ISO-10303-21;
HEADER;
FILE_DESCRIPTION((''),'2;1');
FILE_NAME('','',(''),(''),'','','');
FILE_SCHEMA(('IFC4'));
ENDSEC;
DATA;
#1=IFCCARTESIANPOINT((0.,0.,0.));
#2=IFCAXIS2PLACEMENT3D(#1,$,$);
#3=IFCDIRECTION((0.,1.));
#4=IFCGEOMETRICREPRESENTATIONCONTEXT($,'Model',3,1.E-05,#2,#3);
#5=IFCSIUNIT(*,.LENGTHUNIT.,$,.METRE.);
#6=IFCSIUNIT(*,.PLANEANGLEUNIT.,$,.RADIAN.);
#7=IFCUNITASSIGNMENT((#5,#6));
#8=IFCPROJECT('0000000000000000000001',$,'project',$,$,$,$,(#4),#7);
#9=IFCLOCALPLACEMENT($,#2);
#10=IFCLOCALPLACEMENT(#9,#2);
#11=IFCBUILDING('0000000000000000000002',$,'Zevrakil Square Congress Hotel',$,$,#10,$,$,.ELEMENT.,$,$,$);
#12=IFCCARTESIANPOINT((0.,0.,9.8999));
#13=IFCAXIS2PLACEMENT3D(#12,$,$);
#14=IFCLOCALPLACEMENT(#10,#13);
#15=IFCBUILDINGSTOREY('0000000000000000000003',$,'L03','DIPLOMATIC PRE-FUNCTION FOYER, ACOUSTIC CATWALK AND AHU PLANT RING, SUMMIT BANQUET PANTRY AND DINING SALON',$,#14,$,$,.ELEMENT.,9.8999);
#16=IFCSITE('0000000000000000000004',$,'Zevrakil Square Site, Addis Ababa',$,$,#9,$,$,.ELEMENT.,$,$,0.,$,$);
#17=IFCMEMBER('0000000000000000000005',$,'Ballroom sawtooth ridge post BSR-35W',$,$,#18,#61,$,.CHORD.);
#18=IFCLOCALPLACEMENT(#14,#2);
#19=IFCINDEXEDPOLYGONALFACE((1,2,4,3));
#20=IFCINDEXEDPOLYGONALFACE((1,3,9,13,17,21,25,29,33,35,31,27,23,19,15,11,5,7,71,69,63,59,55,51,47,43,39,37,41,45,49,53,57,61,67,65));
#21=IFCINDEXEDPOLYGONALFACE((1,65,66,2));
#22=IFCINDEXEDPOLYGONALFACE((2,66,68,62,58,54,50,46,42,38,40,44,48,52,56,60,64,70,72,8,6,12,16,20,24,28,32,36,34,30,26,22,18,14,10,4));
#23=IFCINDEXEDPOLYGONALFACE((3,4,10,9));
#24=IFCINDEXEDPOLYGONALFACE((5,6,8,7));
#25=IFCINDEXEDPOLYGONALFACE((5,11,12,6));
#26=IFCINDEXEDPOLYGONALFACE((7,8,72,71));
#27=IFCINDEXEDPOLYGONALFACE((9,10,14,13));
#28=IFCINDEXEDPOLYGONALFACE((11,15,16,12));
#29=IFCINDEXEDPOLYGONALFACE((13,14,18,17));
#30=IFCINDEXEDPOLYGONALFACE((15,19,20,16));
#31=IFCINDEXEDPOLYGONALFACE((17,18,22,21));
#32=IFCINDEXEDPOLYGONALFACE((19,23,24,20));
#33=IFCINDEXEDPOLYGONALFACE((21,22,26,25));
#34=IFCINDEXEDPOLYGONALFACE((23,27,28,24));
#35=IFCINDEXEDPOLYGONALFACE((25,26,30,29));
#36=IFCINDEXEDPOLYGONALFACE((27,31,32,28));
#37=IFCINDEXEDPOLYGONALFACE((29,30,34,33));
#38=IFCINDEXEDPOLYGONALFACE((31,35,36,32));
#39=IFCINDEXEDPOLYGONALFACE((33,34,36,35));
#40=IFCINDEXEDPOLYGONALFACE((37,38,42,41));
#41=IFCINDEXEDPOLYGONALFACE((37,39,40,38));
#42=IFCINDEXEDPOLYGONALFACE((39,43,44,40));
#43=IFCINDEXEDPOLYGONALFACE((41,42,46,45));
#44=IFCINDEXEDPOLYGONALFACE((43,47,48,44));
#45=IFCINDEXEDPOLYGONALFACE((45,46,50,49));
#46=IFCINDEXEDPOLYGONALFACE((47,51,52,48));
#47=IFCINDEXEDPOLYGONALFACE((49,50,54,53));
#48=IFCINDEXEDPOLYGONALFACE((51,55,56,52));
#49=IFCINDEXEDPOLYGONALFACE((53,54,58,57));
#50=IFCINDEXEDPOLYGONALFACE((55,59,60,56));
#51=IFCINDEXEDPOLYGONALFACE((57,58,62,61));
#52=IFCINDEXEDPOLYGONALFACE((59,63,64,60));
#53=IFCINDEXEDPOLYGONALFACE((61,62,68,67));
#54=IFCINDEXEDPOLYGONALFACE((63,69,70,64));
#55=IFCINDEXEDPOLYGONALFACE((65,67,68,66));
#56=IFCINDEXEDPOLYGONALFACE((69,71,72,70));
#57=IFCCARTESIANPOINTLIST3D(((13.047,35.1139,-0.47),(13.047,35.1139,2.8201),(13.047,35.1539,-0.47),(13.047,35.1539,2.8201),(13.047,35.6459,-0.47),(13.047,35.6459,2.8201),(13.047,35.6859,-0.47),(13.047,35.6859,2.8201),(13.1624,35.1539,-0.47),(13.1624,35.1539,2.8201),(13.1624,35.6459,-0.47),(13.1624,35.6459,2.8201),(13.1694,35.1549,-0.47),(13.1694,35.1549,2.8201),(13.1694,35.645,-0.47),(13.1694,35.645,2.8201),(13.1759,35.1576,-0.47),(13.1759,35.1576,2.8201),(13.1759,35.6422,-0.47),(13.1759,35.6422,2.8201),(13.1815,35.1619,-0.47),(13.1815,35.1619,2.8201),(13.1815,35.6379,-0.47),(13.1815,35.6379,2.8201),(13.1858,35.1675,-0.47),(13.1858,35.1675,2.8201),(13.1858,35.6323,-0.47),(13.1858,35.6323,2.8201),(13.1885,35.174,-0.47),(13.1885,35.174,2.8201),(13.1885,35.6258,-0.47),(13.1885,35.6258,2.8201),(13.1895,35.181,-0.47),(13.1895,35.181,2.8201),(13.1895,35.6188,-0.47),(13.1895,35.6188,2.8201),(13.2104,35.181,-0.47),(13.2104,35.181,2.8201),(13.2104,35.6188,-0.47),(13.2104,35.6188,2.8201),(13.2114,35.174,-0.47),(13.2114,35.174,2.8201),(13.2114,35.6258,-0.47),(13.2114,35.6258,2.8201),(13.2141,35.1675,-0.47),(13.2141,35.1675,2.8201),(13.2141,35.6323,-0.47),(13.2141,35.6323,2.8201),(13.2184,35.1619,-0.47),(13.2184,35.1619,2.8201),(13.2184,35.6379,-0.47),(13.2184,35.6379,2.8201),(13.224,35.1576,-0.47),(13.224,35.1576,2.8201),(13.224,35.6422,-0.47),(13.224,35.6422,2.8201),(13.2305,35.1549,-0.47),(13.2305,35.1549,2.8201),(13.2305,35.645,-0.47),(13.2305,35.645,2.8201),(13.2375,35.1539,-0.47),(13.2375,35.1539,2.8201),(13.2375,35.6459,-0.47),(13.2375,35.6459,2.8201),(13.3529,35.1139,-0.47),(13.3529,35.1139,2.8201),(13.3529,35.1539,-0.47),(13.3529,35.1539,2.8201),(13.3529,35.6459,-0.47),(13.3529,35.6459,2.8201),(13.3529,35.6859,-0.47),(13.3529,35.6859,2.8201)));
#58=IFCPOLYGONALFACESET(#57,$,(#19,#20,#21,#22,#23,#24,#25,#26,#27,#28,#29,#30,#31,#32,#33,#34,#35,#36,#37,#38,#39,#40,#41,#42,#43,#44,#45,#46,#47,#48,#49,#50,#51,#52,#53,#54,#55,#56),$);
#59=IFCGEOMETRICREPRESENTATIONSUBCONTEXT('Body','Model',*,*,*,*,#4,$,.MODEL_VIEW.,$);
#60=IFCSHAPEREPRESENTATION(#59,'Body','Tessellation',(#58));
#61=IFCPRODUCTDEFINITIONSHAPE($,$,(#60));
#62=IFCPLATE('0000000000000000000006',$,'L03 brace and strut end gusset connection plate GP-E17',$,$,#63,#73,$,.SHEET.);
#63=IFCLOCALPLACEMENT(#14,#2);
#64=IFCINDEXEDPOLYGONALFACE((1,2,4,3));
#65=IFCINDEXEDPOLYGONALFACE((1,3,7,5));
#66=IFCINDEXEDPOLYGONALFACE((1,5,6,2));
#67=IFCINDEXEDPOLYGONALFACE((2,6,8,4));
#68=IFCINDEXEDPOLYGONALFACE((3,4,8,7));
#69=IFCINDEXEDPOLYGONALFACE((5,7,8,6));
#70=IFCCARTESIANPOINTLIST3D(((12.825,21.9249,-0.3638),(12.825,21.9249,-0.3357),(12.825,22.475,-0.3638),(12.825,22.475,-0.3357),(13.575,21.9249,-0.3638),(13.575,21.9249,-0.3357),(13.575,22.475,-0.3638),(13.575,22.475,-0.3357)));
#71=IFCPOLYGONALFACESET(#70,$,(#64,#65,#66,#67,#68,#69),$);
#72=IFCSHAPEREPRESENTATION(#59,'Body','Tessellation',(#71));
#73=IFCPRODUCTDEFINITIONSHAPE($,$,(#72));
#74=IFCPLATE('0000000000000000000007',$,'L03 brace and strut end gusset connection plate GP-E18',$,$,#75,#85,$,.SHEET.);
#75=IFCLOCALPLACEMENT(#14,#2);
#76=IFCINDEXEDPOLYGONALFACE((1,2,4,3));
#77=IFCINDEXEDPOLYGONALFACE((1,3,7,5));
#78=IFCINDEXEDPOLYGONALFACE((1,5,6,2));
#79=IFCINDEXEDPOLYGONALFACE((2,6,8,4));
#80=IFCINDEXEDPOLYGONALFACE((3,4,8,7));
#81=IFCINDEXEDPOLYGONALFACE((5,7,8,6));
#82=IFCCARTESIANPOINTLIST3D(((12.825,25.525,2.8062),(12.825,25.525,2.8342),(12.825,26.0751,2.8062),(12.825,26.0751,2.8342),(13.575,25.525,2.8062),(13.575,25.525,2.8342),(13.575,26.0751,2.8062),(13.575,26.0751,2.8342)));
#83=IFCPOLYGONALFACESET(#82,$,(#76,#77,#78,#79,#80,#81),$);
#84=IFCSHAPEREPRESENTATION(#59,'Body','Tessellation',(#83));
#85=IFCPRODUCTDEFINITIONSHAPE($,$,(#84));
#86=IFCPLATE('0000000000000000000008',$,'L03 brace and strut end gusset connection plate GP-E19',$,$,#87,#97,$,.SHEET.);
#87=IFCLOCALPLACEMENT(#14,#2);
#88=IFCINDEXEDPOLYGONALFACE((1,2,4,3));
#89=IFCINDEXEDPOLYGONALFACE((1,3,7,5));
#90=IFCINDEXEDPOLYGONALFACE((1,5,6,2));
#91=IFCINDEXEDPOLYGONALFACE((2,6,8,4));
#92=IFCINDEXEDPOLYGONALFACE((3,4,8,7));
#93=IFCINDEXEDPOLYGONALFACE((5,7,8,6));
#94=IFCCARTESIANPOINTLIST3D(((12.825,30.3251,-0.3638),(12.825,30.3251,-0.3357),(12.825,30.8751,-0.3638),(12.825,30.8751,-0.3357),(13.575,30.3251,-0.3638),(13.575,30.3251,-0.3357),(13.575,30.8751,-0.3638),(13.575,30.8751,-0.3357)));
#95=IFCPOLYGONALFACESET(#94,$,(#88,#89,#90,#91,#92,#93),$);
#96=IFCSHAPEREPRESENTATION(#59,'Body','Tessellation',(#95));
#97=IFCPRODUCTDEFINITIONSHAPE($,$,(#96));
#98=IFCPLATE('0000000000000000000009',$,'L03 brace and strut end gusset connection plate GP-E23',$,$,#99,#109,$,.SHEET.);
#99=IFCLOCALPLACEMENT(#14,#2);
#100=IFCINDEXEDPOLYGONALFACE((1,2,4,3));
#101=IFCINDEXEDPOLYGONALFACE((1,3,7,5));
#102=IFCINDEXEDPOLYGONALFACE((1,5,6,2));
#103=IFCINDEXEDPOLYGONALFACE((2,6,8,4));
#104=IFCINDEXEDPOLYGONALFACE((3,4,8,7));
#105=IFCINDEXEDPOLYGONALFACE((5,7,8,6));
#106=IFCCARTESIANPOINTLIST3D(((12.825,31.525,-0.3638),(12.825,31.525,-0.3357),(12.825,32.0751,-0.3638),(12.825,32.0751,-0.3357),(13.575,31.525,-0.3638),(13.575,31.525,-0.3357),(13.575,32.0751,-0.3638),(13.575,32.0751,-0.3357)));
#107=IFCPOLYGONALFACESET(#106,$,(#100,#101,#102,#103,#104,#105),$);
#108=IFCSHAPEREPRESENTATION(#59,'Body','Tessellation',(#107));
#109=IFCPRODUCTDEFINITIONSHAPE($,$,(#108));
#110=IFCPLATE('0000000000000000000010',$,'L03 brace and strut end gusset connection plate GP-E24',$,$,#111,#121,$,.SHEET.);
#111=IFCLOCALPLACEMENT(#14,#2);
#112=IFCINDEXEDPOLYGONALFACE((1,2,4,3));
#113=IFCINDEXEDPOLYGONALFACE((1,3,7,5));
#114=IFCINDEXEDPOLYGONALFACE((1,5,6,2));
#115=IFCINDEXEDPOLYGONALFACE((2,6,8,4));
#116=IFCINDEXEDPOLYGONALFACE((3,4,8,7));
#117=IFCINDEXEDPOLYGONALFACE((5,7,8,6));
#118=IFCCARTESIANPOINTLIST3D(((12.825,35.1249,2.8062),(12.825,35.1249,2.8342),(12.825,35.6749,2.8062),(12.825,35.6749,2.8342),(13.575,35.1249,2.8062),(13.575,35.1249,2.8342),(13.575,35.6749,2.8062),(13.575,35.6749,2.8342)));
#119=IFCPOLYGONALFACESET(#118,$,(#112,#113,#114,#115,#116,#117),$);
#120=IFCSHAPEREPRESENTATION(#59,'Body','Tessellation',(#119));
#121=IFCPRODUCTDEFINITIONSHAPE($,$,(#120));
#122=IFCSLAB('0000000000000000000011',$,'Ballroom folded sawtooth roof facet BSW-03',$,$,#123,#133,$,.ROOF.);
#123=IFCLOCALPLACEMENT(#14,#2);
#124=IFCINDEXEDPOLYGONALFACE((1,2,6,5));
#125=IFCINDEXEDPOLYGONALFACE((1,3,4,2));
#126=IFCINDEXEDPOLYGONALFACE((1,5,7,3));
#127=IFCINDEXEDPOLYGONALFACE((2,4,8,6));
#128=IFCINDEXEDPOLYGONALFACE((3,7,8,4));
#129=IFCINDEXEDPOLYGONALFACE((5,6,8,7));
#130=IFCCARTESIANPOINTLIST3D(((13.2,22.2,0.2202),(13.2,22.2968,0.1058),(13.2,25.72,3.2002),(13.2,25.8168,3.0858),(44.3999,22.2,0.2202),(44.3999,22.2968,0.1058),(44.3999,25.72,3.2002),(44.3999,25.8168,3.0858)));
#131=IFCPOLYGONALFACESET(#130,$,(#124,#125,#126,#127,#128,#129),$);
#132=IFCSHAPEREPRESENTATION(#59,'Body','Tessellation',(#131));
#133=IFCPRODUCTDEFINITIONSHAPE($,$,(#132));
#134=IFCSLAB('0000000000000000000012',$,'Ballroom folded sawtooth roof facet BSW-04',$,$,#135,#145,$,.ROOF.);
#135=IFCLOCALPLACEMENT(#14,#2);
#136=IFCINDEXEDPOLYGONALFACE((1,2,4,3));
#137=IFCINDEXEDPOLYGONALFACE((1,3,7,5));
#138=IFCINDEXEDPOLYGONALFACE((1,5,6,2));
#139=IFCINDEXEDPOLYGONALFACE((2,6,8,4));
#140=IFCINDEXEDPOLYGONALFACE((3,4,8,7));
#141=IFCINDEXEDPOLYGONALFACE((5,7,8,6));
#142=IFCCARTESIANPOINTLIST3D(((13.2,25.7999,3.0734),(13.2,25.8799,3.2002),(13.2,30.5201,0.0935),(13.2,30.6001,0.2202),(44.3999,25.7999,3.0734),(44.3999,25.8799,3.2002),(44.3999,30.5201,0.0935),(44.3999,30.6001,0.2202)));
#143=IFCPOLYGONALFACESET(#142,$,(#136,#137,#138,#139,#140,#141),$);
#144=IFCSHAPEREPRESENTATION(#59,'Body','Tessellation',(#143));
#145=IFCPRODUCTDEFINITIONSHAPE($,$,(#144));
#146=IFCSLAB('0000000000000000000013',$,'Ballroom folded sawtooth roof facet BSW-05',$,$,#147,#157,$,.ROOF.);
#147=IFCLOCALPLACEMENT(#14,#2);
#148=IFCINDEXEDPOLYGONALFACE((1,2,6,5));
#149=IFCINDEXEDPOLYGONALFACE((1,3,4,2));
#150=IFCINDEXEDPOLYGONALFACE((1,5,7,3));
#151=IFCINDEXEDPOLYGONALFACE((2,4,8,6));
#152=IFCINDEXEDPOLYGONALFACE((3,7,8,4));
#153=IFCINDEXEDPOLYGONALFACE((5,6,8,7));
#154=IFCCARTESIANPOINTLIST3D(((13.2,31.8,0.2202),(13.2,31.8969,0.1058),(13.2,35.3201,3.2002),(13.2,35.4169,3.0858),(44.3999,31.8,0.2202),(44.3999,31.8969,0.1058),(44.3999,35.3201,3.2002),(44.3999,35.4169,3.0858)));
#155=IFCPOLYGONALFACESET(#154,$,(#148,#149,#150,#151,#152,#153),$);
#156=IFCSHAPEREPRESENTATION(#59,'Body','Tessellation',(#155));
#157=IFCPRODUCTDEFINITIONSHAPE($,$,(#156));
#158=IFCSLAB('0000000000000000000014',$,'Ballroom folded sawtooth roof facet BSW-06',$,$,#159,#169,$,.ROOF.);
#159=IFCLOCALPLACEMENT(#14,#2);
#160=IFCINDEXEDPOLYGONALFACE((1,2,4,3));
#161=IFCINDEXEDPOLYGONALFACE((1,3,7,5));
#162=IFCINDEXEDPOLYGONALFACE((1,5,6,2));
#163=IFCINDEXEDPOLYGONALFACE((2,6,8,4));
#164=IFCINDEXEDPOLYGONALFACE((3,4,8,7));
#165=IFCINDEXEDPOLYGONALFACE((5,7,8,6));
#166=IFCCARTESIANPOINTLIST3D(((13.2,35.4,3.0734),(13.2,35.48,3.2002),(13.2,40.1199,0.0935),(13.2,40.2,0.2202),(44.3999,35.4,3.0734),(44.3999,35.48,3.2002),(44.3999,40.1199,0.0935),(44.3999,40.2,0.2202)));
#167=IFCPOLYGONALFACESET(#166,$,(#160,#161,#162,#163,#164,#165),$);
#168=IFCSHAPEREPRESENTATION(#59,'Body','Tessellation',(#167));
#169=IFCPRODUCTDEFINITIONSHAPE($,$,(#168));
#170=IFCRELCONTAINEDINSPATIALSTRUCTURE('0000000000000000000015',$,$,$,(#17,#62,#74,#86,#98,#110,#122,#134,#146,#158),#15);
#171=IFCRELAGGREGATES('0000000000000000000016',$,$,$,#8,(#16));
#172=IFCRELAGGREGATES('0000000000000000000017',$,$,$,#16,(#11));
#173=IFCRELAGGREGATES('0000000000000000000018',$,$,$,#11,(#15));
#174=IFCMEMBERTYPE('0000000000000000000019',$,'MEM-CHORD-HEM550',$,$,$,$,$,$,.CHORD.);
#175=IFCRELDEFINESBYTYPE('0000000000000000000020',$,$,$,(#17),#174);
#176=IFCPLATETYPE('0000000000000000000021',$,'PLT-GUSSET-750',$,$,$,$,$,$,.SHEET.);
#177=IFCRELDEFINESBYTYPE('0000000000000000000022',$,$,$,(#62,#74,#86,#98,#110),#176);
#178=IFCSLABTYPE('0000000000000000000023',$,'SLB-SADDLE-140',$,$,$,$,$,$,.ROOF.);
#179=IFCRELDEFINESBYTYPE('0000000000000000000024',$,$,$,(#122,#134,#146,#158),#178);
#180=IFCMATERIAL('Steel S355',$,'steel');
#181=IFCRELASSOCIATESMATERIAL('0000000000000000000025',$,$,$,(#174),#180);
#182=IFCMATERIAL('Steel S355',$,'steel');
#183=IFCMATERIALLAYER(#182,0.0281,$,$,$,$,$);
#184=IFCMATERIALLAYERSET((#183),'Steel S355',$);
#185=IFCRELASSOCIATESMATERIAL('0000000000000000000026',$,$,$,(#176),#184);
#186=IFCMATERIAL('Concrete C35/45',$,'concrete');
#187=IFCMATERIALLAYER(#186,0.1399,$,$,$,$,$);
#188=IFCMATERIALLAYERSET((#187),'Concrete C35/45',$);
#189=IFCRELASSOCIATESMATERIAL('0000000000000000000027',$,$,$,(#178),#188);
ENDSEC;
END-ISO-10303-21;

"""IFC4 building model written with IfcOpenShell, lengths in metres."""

from ifc_helpers import new_model, si_unit, direction, frame, origin, origin_2d, place, context, subcontext, project, spatial, polyline, rectangle, i_section, outline, extrude, material, layer, layer_set, material_profile, profile_set, type_object, element, save


model = new_model("IFC4")

# Units and contexts
model_context = context("Model", 3, precision=1e-05, world=origin(), true_north=direction((0.0, 1.0)))
body_context = subcontext(model_context, "Body", "Model", "MODEL_VIEW")
ifc_project = project(units=[si_unit("LENGTHUNIT", "METRE"), si_unit("PLANEANGLEUNIT", "RADIAN")], contexts=[model_context])

# Site, building, storey
site_placement = place(None, origin())
site = spatial("IfcSite", under=ifc_project, at=site_placement, Name="Zevrakil Square Site, Addis Ababa", CompositionType="ELEMENT", RefElevation=0.0)
building_placement = place(site_placement, origin())
building = spatial("IfcBuilding", under=site, at=building_placement, Name="Zevrakil Square Congress Hotel", CompositionType="ELEMENT")
storey_placement = place(building_placement, frame((0.0, 0.0, 9.8999)))
storey = spatial("IfcBuildingStorey", under=building, at=storey_placement, Name="L03", Description="DIPLOMATIC PRE-FUNCTION FOYER, ACOUSTIC CATWALK AND AHU PLANT RING, SUMMIT BANQUET PANTRY AND DINING SALON", CompositionType="ELEMENT", Elevation=9.8999)

# Member
ifc_material_1 = material(Name="Steel S355", Category="steel")
ifc_material_profile_1 = material_profile(ifc_material_1, i_section(OverallWidth=0.3059, OverallDepth=0.572, WebThickness=0.021, FlangeThickness=0.04, FilletRadius=0.0271, at=origin_2d()), Name="HEM 550")
ifc_profile_set_1 = profile_set([ifc_material_profile_1], Name="Steel S355")
member_type_1 = type_object("IfcMemberType", Name="MEM-CHORD-HEM550", PredefinedType="CHORD", material=ifc_profile_set_1)
member_1_placement = place(storey_placement, frame((13.2, 35.3999, -0.47), z_axis=(0.0, 0.0, 1.0), x_axis=(1.0, 0.0, 0.0)))
element("IfcMember", 1, at=member_1_placement, inside=storey, type_object=member_type_1, Name="Ballroom sawtooth ridge post BSR-35W", PredefinedType="CHORD", context=body_context, shape_type="SweptSolid", body=[
    extrude(i_section(OverallWidth=0.3059, OverallDepth=0.572, WebThickness=0.021, FlangeThickness=0.04, FilletRadius=0.0271, at=origin_2d()), origin(), (0.0, 0.0, 1.0), 3.29),
])

# Plates
ifc_material_2 = material(Name="Steel S355", Category="steel")
ifc_layer_1 = layer(ifc_material_2, 0.0281)
ifc_layer_set_1 = layer_set([ifc_layer_1], Name="Steel S355")
plate_type = type_object("IfcPlateType", Name="PLT-GUSSET-750", PredefinedType="SHEET", material=ifc_layer_set_1)
for number, where, z_axis, x_axis, name in (
    (2, (13.2, 22.2, -0.3638), (0.0, 0.0, 1.0), (1.0, 0.0, 0.0), "L03 brace and strut end gusset connection plate GP-E17"),
    (3, (13.2, 25.8, 2.8062), (0.0, 0.0, 1.0), (1.0, 0.0, 0.0), "L03 brace and strut end gusset connection plate GP-E18"),
    (4, (13.2, 30.6001, -0.3638), (0.0, 0.0, 1.0), (1.0, 0.0, 0.0), "L03 brace and strut end gusset connection plate GP-E19"),
    (5, (13.2, 31.8, -0.3638), (0.0, 0.0, 1.0), (1.0, 0.0, 0.0), "L03 brace and strut end gusset connection plate GP-E23"),
    (6, (13.2, 35.3999, 2.8062), (0.0, 0.0, 1.0), (1.0, 0.0, 0.0), "L03 brace and strut end gusset connection plate GP-E24"),
):
    element("IfcPlate", number, at=place(storey_placement, frame(where, z_axis=z_axis, x_axis=x_axis)), inside=storey, type_object=plate_type, Name=name, PredefinedType="SHEET", context=body_context, shape_type="SweptSolid", body=[
        extrude(rectangle(XDim=0.75, YDim=0.55, at=origin_2d()), origin(), (0.0, 0.0, 1.0), 0.0281),
    ])

# Slabs
ifc_material_3 = material(Name="Concrete C35/45", Category="concrete")
ifc_layer_2 = layer(ifc_material_3, 0.1399)
ifc_layer_set_2 = layer_set([ifc_layer_2], Name="Concrete C35/45")
slab_type = type_object("IfcSlabType", Name="SLB-SADDLE-140", PredefinedType="ROOF", material=ifc_layer_set_2)
slab_1_placement = place(storey_placement, frame((13.2, 22.2, 0.2202), z_axis=(0.0, -0.646132, 0.763226), x_axis=(1.0, 0.0, 0.0)))
element("IfcSlab", 7, at=slab_1_placement, inside=storey, type_object=slab_type, Name="Ballroom folded sawtooth roof facet BSW-03", PredefinedType="ROOF", context=body_context, shape_type="SweptSolid", body=[
    extrude(outline(polyline([(0.0, 0.0), (31.2, 0.0), (31.2, 4.612), (0.0, 4.612), (0.0, 0.0)])), origin(), (0.0, 0.0, -1.0), 0.1499),
])
slab_2_placement = place(storey_placement, frame((13.2, 25.8799, 3.2002), z_axis=(0.0, 0.533838, 0.845587), x_axis=(1.0, 0.0, 0.0)))
element("IfcSlab", 8, at=slab_2_placement, inside=storey, type_object=slab_type, Name="Ballroom folded sawtooth roof facet BSW-04", PredefinedType="ROOF", context=body_context, shape_type="SweptSolid", body=[
    extrude(outline(polyline([(0.0, 0.0), (31.2, 0.0), (31.2, 5.5822), (0.0, 5.5822), (0.0, 0.0)])), origin(), (0.0, 0.0, -1.0), 0.1499),
])
slab_3_placement = place(storey_placement, frame((13.2, 31.8, 0.2202), z_axis=(0.0, -0.646132, 0.763226), x_axis=(1.0, 0.0, 0.0)))
element("IfcSlab", 9, at=slab_3_placement, inside=storey, type_object=slab_type, Name="Ballroom folded sawtooth roof facet BSW-05", PredefinedType="ROOF", context=body_context, shape_type="SweptSolid", body=[
    extrude(outline(polyline([(0.0, 0.0), (31.2, 0.0), (31.2, 4.612), (0.0, 4.612), (0.0, 0.0)])), origin(), (0.0, 0.0, -1.0), 0.1499),
])
slab_4_placement = place(storey_placement, frame((13.2, 35.48, 3.2002), z_axis=(0.0, 0.533858, 0.845574), x_axis=(1.0, 0.0, 0.0)))
element("IfcSlab", 10, at=slab_4_placement, inside=storey, type_object=slab_type, Name="Ballroom folded sawtooth roof facet BSW-06", PredefinedType="ROOF", context=body_context, shape_type="SweptSolid", body=[
    extrude(outline(polyline([(0.0, 0.0), (31.2, 0.0), (31.2, 5.582), (0.0, 5.582), (0.0, 0.0)])), origin(), (0.0, 0.0, -1.0), 0.1499),
])

save(model, "model.ifc")
